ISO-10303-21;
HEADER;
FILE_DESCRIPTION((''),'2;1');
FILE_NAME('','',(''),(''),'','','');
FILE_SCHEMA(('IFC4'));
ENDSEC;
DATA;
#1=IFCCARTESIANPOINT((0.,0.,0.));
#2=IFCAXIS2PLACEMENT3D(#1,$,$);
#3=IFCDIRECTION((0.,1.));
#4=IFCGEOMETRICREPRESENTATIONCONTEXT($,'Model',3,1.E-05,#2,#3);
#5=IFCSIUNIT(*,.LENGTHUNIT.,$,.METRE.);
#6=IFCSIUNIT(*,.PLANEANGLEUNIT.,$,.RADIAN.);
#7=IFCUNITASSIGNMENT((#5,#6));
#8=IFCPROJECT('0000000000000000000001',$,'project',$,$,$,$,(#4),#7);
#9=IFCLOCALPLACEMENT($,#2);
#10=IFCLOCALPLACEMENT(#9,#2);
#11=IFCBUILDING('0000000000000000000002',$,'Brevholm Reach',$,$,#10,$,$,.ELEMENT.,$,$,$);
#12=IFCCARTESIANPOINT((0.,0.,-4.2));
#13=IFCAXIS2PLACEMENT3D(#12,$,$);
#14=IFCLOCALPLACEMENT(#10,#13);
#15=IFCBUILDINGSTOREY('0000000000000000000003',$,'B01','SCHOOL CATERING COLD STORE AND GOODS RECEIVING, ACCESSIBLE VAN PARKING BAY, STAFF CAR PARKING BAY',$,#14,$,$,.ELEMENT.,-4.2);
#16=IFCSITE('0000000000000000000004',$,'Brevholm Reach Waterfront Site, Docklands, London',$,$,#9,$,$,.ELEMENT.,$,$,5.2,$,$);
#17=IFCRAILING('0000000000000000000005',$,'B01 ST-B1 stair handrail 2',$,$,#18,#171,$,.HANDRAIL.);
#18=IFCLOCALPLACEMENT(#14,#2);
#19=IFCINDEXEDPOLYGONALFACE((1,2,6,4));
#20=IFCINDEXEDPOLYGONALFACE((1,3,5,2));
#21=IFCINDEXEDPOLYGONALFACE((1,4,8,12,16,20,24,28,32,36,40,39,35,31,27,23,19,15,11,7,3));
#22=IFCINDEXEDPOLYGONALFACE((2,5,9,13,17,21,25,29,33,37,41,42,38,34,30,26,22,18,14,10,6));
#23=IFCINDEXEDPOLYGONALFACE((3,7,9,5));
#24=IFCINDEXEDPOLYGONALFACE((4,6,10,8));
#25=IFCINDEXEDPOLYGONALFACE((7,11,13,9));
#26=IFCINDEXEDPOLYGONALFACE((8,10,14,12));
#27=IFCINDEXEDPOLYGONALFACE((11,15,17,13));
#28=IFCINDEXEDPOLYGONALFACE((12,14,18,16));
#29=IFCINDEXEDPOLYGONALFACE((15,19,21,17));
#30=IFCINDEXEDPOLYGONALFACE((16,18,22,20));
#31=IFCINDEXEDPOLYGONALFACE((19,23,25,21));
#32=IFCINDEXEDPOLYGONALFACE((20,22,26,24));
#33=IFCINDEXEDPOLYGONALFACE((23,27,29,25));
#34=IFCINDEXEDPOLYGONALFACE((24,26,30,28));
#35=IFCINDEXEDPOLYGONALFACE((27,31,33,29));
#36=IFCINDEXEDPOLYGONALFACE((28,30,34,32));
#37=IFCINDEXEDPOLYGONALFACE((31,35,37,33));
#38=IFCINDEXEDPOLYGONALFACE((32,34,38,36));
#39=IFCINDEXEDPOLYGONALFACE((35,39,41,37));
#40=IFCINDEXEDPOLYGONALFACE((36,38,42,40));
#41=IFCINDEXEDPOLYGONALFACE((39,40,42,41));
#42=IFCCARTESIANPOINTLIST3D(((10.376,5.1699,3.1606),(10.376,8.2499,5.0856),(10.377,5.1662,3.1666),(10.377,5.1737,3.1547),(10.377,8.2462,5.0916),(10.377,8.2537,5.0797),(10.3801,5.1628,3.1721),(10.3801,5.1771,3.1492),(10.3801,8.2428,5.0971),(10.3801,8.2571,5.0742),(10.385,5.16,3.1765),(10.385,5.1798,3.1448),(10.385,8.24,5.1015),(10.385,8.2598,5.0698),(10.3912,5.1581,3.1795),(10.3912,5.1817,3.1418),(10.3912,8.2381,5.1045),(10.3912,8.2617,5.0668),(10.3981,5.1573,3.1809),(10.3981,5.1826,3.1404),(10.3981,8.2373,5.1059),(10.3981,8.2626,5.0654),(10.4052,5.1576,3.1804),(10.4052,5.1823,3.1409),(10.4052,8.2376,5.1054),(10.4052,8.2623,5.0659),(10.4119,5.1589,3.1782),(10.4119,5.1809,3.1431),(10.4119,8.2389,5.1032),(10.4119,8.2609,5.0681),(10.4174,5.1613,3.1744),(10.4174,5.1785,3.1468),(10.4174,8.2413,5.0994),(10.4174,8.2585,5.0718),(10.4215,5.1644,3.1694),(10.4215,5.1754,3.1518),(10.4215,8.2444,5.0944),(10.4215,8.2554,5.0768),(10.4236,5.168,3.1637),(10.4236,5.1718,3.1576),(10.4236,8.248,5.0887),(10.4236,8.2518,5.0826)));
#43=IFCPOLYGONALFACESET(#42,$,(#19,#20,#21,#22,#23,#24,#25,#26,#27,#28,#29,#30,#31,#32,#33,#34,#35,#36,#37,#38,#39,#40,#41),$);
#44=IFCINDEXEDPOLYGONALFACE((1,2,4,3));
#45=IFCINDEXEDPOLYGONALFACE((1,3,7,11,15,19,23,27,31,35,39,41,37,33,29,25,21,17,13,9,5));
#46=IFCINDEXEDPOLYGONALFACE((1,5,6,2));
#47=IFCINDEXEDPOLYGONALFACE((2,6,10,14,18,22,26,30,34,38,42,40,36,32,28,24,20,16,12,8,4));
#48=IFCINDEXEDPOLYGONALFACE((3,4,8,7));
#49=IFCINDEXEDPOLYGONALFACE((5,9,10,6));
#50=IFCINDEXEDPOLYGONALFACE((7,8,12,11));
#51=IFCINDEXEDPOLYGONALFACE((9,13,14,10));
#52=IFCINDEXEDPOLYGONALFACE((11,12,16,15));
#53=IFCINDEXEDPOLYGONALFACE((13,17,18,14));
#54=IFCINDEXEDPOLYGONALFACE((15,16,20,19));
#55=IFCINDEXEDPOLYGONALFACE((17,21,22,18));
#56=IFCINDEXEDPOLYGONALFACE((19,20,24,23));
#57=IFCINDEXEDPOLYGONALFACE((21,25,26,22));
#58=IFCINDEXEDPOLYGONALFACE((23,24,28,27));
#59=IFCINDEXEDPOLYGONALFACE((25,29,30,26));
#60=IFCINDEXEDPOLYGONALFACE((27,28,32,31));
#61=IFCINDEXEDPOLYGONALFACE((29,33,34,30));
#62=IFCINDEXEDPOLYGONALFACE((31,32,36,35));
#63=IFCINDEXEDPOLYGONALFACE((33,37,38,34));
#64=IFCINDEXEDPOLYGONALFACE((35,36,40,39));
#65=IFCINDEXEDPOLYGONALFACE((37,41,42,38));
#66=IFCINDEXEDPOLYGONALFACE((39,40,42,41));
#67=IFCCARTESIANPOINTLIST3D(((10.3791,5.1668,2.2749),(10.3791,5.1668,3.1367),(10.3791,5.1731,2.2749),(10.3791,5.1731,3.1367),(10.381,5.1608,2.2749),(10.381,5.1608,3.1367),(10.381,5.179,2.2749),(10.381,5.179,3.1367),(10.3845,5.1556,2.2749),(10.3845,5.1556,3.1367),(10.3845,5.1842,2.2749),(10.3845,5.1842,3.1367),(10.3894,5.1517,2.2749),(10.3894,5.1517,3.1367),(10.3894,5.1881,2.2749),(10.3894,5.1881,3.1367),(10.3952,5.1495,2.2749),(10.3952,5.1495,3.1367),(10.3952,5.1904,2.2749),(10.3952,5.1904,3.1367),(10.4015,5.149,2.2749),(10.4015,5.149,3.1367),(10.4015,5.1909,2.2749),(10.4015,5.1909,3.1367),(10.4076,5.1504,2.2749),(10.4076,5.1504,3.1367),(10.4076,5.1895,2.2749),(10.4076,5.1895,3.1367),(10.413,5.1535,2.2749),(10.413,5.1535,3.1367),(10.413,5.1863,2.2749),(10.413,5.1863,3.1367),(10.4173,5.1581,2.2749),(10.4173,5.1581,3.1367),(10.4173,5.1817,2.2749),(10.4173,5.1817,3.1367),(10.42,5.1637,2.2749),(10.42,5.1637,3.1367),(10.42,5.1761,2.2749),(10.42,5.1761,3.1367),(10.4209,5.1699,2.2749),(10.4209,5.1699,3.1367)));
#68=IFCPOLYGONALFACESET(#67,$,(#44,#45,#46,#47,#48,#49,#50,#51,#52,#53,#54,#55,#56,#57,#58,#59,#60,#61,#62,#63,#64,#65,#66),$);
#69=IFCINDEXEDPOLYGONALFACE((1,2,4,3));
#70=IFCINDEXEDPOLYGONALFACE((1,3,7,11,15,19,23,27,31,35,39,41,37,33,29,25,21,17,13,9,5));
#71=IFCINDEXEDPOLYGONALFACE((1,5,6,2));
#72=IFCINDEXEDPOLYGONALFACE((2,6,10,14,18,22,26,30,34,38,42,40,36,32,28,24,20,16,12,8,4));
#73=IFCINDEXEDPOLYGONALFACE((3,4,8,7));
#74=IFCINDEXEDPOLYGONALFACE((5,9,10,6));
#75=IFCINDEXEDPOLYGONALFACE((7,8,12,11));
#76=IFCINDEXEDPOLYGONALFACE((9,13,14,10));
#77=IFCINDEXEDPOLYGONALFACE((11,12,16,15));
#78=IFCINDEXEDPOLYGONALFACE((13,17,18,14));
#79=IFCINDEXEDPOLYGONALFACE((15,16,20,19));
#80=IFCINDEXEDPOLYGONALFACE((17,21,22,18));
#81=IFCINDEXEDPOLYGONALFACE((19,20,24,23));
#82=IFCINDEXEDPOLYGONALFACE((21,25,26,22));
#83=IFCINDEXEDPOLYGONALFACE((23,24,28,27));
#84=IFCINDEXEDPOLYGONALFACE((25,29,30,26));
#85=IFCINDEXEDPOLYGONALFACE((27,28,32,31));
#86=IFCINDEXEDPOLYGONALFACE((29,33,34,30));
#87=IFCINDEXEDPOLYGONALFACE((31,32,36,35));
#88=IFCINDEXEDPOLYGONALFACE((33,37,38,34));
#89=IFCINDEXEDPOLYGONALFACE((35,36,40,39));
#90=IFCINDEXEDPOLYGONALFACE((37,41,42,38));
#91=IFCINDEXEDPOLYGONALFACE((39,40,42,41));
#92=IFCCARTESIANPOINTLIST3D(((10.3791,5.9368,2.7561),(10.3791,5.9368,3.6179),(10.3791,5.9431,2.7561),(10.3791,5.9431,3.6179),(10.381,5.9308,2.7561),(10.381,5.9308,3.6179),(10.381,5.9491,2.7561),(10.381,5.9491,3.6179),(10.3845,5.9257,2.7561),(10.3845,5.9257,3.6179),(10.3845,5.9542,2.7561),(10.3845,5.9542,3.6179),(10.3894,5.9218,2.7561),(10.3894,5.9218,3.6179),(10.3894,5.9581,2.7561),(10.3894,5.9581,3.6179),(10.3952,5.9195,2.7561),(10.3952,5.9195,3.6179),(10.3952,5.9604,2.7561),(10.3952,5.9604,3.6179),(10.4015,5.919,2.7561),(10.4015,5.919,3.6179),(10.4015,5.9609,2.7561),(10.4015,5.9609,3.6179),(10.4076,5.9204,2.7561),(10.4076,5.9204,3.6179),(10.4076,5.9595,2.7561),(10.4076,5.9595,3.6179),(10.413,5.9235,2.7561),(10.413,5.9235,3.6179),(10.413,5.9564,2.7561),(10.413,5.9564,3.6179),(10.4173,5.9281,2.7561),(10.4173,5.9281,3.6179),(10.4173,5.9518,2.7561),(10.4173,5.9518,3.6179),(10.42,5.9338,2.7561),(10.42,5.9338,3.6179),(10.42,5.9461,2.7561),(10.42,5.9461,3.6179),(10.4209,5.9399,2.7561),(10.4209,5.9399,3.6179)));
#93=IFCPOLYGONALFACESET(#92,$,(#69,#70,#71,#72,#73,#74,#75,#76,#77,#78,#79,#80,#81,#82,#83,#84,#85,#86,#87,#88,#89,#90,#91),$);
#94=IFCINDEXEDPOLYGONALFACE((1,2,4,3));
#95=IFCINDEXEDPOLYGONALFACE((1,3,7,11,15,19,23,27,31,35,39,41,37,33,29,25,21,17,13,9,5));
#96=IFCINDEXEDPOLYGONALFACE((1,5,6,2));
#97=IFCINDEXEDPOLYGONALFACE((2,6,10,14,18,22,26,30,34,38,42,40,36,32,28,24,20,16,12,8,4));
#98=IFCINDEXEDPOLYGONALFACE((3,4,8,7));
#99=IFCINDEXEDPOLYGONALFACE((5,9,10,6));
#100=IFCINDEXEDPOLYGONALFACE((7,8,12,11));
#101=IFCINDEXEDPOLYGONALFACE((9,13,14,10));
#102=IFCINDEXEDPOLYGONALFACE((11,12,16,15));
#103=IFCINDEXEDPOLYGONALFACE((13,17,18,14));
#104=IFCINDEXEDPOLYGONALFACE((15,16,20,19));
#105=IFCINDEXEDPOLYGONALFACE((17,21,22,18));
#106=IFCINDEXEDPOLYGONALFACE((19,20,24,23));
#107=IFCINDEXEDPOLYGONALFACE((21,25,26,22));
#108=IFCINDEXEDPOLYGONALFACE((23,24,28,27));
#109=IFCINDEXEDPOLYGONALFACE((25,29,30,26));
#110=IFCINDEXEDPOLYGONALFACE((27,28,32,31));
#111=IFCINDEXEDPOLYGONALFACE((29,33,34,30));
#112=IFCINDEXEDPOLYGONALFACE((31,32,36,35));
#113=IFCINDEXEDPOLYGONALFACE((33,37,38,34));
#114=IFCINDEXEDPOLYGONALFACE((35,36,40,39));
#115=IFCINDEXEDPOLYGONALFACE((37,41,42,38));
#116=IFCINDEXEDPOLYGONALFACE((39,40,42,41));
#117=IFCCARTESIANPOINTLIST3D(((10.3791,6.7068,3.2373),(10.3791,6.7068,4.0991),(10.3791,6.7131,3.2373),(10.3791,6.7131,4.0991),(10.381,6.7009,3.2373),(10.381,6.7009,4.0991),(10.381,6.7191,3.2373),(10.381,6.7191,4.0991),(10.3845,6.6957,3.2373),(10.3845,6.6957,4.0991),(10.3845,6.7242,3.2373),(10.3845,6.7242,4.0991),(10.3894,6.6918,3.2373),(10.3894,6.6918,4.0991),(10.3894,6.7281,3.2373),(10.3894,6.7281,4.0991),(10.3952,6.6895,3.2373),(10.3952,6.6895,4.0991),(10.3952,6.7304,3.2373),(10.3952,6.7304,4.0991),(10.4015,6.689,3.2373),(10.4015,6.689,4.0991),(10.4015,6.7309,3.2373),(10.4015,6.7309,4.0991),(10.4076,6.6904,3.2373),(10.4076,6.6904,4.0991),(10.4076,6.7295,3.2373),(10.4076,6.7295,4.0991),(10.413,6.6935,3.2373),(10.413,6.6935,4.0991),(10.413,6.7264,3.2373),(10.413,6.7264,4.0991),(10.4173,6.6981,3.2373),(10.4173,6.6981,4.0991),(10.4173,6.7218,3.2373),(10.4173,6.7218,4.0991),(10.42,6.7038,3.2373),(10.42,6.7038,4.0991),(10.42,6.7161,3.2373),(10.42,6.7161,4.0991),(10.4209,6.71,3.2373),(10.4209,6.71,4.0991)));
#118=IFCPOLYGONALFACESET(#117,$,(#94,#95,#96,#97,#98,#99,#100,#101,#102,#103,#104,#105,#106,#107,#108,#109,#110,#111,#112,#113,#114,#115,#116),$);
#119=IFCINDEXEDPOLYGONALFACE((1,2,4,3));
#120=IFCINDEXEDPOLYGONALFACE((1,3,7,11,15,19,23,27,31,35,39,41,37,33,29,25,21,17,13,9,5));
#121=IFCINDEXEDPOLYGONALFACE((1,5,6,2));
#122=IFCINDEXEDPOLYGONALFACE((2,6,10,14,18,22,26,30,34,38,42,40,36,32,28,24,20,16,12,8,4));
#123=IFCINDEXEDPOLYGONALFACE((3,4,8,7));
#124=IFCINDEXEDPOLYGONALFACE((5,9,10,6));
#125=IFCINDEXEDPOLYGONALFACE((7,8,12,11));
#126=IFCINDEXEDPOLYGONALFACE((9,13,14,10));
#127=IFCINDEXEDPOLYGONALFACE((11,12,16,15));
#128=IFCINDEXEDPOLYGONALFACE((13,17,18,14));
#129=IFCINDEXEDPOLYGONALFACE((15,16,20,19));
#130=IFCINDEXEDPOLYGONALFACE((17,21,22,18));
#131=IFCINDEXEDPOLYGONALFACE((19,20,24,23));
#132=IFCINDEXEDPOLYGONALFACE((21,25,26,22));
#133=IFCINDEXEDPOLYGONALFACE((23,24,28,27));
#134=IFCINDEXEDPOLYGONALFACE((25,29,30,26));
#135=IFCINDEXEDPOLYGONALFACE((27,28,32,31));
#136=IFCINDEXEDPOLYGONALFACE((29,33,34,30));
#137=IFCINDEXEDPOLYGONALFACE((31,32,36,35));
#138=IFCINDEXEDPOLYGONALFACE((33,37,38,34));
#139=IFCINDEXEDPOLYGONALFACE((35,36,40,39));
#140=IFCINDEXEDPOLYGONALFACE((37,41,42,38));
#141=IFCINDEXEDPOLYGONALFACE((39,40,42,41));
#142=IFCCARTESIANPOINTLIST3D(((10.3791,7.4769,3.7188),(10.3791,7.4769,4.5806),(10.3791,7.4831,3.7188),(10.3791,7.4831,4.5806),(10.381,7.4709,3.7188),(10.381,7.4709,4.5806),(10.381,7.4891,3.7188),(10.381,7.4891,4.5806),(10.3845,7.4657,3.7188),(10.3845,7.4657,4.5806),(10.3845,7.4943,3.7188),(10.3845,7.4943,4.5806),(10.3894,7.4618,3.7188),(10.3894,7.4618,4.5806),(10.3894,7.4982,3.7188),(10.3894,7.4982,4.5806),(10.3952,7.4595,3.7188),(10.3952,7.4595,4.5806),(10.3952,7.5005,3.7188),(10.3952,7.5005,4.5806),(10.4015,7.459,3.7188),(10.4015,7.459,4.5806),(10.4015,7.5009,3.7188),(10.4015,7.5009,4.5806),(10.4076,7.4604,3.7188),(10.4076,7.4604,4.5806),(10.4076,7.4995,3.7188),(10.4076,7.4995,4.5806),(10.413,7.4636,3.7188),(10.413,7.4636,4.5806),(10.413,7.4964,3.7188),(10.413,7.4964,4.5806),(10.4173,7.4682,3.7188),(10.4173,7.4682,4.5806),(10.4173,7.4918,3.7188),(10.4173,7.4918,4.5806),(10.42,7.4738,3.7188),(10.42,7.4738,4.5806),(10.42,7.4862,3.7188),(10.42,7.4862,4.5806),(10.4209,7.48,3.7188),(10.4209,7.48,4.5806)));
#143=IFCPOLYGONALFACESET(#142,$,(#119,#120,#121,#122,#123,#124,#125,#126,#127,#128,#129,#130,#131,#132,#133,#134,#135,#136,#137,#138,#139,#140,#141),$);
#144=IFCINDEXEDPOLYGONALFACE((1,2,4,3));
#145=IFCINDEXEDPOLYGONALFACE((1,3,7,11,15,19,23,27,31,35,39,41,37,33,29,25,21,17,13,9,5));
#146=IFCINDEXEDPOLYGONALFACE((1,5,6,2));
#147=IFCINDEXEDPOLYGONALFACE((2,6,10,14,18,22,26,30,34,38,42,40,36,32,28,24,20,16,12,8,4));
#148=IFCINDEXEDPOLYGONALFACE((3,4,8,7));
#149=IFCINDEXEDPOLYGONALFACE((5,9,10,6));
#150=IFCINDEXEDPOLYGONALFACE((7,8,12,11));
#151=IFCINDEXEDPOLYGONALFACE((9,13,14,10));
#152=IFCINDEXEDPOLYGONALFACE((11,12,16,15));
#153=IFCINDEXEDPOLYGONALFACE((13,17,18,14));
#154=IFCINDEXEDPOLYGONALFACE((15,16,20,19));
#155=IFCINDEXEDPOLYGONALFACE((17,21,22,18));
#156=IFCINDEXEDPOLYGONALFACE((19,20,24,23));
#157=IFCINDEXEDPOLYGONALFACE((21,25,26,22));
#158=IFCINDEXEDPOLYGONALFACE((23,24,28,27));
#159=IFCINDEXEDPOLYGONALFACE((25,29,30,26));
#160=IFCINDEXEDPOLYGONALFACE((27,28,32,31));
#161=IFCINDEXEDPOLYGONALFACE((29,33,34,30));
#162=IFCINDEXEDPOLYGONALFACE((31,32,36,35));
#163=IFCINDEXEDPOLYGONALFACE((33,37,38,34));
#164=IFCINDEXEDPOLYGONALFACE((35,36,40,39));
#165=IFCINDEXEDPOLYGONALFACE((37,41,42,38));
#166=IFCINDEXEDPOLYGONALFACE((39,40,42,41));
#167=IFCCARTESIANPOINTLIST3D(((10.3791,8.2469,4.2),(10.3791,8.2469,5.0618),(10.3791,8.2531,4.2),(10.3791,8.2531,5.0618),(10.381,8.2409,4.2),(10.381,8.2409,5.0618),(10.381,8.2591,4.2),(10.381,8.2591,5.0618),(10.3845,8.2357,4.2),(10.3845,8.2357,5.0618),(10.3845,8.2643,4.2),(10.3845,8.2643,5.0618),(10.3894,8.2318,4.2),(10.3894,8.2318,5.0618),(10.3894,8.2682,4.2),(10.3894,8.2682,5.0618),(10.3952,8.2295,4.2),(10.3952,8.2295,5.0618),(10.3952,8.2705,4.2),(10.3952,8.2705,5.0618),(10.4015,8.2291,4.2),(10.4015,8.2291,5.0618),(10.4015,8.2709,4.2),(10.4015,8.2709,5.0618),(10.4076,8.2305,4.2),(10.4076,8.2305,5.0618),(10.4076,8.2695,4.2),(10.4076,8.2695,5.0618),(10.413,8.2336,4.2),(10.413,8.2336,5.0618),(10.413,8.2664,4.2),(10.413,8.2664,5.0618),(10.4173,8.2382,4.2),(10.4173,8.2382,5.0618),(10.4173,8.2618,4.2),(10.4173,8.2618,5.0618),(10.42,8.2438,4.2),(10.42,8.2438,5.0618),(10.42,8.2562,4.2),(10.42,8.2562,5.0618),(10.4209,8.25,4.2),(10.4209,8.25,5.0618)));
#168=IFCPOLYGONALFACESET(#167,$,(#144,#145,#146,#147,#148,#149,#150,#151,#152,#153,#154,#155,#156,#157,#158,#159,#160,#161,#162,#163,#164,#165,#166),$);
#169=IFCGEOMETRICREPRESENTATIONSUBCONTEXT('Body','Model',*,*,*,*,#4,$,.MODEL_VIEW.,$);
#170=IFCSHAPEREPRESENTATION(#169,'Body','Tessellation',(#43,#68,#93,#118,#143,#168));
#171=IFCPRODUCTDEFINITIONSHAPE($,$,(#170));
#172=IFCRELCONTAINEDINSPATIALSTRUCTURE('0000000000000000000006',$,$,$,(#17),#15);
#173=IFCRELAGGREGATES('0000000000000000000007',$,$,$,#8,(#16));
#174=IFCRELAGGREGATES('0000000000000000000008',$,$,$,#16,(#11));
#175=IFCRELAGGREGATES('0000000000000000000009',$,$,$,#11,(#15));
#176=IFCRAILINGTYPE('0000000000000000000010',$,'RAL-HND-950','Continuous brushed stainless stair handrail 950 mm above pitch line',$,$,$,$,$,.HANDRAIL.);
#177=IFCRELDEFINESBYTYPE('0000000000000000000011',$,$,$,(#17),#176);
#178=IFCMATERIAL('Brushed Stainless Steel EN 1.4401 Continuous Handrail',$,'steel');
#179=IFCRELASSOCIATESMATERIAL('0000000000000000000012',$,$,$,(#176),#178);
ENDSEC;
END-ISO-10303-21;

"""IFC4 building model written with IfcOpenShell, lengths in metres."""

from ifc_helpers import new_model, si_unit, direction, frame, origin, origin_2d, place, context, subcontext, project, spatial, circle, extrude, material, type_object, element, save


model = new_model("IFC4")

# Units and contexts
model_context = context("Model", 3, precision=1e-05, world=origin(), true_north=direction((0.0, 1.0)))
body_context = subcontext(model_context, "Body", "Model", "MODEL_VIEW")
ifc_project = project(units=[si_unit("LENGTHUNIT", "METRE"), si_unit("PLANEANGLEUNIT", "RADIAN")], contexts=[model_context])

# Site, building, storey
site_placement = place(None, origin())
site = spatial("IfcSite", under=ifc_project, at=site_placement, Name="Brevholm Reach Waterfront Site, Docklands, London", CompositionType="ELEMENT", RefElevation=5.2)
building_placement = place(site_placement, origin())
building = spatial("IfcBuilding", under=site, at=building_placement, Name="Brevholm Reach", CompositionType="ELEMENT")
storey_placement = place(building_placement, frame((0.0, 0.0, -4.2)))
storey = spatial("IfcBuildingStorey", under=building, at=storey_placement, Name="B01", Description="SCHOOL CATERING COLD STORE AND GOODS RECEIVING, ACCESSIBLE VAN PARKING BAY, STAFF CAR PARKING BAY", CompositionType="ELEMENT", Elevation=-4.2)

# Railing
ifc_material_1 = material(Name="Brushed Stainless Steel EN 1.4401 Continuous Handrail", Category="steel")
railing_type_1 = type_object("IfcRailingType", Name="RAL-HND-950", Description="Continuous brushed stainless stair handrail 950 mm above pitch line", PredefinedType="HANDRAIL", material=ifc_material_1)
railing_1_placement = place(storey_placement, frame((10.3999, 5.1699, 2.2749)))
element("IfcRailing", 1, at=railing_1_placement, inside=storey, type_object=railing_type_1, Name="B01 ST-B1 stair handrail 2", PredefinedType="HANDRAIL", context=body_context, shape_type="SweptSolid", body=[
    extrude(circle(Radius=0.0239, at=origin_2d()), frame((0.0, 0.0, 0.8857), z_axis=(0.0, 0.847998, 0.529999), x_axis=(-1.0, 0.0, 0.0)), (0.0, 0.0, 1.0), 3.6321),
    extrude(circle(Radius=0.021, at=origin_2d()), origin(), (0.0, 0.0, 1.0), 0.8618),
    extrude(circle(Radius=0.021, at=origin_2d()), frame((0.0, 0.77, 0.4812)), (0.0, 0.0, 1.0), 0.8618),
    extrude(circle(Radius=0.021, at=origin_2d()), frame((0.0, 1.54, 0.9624)), (0.0, 0.0, 1.0), 0.8618),
    extrude(circle(Radius=0.021, at=origin_2d()), frame((0.0, 2.3101, 1.4438)), (0.0, 0.0, 1.0), 0.8618),
    extrude(circle(Radius=0.021, at=origin_2d()), frame((0.0, 3.0801, 1.925)), (0.0, 0.0, 1.0), 0.8618),
])

save(model, "model.ifc")
